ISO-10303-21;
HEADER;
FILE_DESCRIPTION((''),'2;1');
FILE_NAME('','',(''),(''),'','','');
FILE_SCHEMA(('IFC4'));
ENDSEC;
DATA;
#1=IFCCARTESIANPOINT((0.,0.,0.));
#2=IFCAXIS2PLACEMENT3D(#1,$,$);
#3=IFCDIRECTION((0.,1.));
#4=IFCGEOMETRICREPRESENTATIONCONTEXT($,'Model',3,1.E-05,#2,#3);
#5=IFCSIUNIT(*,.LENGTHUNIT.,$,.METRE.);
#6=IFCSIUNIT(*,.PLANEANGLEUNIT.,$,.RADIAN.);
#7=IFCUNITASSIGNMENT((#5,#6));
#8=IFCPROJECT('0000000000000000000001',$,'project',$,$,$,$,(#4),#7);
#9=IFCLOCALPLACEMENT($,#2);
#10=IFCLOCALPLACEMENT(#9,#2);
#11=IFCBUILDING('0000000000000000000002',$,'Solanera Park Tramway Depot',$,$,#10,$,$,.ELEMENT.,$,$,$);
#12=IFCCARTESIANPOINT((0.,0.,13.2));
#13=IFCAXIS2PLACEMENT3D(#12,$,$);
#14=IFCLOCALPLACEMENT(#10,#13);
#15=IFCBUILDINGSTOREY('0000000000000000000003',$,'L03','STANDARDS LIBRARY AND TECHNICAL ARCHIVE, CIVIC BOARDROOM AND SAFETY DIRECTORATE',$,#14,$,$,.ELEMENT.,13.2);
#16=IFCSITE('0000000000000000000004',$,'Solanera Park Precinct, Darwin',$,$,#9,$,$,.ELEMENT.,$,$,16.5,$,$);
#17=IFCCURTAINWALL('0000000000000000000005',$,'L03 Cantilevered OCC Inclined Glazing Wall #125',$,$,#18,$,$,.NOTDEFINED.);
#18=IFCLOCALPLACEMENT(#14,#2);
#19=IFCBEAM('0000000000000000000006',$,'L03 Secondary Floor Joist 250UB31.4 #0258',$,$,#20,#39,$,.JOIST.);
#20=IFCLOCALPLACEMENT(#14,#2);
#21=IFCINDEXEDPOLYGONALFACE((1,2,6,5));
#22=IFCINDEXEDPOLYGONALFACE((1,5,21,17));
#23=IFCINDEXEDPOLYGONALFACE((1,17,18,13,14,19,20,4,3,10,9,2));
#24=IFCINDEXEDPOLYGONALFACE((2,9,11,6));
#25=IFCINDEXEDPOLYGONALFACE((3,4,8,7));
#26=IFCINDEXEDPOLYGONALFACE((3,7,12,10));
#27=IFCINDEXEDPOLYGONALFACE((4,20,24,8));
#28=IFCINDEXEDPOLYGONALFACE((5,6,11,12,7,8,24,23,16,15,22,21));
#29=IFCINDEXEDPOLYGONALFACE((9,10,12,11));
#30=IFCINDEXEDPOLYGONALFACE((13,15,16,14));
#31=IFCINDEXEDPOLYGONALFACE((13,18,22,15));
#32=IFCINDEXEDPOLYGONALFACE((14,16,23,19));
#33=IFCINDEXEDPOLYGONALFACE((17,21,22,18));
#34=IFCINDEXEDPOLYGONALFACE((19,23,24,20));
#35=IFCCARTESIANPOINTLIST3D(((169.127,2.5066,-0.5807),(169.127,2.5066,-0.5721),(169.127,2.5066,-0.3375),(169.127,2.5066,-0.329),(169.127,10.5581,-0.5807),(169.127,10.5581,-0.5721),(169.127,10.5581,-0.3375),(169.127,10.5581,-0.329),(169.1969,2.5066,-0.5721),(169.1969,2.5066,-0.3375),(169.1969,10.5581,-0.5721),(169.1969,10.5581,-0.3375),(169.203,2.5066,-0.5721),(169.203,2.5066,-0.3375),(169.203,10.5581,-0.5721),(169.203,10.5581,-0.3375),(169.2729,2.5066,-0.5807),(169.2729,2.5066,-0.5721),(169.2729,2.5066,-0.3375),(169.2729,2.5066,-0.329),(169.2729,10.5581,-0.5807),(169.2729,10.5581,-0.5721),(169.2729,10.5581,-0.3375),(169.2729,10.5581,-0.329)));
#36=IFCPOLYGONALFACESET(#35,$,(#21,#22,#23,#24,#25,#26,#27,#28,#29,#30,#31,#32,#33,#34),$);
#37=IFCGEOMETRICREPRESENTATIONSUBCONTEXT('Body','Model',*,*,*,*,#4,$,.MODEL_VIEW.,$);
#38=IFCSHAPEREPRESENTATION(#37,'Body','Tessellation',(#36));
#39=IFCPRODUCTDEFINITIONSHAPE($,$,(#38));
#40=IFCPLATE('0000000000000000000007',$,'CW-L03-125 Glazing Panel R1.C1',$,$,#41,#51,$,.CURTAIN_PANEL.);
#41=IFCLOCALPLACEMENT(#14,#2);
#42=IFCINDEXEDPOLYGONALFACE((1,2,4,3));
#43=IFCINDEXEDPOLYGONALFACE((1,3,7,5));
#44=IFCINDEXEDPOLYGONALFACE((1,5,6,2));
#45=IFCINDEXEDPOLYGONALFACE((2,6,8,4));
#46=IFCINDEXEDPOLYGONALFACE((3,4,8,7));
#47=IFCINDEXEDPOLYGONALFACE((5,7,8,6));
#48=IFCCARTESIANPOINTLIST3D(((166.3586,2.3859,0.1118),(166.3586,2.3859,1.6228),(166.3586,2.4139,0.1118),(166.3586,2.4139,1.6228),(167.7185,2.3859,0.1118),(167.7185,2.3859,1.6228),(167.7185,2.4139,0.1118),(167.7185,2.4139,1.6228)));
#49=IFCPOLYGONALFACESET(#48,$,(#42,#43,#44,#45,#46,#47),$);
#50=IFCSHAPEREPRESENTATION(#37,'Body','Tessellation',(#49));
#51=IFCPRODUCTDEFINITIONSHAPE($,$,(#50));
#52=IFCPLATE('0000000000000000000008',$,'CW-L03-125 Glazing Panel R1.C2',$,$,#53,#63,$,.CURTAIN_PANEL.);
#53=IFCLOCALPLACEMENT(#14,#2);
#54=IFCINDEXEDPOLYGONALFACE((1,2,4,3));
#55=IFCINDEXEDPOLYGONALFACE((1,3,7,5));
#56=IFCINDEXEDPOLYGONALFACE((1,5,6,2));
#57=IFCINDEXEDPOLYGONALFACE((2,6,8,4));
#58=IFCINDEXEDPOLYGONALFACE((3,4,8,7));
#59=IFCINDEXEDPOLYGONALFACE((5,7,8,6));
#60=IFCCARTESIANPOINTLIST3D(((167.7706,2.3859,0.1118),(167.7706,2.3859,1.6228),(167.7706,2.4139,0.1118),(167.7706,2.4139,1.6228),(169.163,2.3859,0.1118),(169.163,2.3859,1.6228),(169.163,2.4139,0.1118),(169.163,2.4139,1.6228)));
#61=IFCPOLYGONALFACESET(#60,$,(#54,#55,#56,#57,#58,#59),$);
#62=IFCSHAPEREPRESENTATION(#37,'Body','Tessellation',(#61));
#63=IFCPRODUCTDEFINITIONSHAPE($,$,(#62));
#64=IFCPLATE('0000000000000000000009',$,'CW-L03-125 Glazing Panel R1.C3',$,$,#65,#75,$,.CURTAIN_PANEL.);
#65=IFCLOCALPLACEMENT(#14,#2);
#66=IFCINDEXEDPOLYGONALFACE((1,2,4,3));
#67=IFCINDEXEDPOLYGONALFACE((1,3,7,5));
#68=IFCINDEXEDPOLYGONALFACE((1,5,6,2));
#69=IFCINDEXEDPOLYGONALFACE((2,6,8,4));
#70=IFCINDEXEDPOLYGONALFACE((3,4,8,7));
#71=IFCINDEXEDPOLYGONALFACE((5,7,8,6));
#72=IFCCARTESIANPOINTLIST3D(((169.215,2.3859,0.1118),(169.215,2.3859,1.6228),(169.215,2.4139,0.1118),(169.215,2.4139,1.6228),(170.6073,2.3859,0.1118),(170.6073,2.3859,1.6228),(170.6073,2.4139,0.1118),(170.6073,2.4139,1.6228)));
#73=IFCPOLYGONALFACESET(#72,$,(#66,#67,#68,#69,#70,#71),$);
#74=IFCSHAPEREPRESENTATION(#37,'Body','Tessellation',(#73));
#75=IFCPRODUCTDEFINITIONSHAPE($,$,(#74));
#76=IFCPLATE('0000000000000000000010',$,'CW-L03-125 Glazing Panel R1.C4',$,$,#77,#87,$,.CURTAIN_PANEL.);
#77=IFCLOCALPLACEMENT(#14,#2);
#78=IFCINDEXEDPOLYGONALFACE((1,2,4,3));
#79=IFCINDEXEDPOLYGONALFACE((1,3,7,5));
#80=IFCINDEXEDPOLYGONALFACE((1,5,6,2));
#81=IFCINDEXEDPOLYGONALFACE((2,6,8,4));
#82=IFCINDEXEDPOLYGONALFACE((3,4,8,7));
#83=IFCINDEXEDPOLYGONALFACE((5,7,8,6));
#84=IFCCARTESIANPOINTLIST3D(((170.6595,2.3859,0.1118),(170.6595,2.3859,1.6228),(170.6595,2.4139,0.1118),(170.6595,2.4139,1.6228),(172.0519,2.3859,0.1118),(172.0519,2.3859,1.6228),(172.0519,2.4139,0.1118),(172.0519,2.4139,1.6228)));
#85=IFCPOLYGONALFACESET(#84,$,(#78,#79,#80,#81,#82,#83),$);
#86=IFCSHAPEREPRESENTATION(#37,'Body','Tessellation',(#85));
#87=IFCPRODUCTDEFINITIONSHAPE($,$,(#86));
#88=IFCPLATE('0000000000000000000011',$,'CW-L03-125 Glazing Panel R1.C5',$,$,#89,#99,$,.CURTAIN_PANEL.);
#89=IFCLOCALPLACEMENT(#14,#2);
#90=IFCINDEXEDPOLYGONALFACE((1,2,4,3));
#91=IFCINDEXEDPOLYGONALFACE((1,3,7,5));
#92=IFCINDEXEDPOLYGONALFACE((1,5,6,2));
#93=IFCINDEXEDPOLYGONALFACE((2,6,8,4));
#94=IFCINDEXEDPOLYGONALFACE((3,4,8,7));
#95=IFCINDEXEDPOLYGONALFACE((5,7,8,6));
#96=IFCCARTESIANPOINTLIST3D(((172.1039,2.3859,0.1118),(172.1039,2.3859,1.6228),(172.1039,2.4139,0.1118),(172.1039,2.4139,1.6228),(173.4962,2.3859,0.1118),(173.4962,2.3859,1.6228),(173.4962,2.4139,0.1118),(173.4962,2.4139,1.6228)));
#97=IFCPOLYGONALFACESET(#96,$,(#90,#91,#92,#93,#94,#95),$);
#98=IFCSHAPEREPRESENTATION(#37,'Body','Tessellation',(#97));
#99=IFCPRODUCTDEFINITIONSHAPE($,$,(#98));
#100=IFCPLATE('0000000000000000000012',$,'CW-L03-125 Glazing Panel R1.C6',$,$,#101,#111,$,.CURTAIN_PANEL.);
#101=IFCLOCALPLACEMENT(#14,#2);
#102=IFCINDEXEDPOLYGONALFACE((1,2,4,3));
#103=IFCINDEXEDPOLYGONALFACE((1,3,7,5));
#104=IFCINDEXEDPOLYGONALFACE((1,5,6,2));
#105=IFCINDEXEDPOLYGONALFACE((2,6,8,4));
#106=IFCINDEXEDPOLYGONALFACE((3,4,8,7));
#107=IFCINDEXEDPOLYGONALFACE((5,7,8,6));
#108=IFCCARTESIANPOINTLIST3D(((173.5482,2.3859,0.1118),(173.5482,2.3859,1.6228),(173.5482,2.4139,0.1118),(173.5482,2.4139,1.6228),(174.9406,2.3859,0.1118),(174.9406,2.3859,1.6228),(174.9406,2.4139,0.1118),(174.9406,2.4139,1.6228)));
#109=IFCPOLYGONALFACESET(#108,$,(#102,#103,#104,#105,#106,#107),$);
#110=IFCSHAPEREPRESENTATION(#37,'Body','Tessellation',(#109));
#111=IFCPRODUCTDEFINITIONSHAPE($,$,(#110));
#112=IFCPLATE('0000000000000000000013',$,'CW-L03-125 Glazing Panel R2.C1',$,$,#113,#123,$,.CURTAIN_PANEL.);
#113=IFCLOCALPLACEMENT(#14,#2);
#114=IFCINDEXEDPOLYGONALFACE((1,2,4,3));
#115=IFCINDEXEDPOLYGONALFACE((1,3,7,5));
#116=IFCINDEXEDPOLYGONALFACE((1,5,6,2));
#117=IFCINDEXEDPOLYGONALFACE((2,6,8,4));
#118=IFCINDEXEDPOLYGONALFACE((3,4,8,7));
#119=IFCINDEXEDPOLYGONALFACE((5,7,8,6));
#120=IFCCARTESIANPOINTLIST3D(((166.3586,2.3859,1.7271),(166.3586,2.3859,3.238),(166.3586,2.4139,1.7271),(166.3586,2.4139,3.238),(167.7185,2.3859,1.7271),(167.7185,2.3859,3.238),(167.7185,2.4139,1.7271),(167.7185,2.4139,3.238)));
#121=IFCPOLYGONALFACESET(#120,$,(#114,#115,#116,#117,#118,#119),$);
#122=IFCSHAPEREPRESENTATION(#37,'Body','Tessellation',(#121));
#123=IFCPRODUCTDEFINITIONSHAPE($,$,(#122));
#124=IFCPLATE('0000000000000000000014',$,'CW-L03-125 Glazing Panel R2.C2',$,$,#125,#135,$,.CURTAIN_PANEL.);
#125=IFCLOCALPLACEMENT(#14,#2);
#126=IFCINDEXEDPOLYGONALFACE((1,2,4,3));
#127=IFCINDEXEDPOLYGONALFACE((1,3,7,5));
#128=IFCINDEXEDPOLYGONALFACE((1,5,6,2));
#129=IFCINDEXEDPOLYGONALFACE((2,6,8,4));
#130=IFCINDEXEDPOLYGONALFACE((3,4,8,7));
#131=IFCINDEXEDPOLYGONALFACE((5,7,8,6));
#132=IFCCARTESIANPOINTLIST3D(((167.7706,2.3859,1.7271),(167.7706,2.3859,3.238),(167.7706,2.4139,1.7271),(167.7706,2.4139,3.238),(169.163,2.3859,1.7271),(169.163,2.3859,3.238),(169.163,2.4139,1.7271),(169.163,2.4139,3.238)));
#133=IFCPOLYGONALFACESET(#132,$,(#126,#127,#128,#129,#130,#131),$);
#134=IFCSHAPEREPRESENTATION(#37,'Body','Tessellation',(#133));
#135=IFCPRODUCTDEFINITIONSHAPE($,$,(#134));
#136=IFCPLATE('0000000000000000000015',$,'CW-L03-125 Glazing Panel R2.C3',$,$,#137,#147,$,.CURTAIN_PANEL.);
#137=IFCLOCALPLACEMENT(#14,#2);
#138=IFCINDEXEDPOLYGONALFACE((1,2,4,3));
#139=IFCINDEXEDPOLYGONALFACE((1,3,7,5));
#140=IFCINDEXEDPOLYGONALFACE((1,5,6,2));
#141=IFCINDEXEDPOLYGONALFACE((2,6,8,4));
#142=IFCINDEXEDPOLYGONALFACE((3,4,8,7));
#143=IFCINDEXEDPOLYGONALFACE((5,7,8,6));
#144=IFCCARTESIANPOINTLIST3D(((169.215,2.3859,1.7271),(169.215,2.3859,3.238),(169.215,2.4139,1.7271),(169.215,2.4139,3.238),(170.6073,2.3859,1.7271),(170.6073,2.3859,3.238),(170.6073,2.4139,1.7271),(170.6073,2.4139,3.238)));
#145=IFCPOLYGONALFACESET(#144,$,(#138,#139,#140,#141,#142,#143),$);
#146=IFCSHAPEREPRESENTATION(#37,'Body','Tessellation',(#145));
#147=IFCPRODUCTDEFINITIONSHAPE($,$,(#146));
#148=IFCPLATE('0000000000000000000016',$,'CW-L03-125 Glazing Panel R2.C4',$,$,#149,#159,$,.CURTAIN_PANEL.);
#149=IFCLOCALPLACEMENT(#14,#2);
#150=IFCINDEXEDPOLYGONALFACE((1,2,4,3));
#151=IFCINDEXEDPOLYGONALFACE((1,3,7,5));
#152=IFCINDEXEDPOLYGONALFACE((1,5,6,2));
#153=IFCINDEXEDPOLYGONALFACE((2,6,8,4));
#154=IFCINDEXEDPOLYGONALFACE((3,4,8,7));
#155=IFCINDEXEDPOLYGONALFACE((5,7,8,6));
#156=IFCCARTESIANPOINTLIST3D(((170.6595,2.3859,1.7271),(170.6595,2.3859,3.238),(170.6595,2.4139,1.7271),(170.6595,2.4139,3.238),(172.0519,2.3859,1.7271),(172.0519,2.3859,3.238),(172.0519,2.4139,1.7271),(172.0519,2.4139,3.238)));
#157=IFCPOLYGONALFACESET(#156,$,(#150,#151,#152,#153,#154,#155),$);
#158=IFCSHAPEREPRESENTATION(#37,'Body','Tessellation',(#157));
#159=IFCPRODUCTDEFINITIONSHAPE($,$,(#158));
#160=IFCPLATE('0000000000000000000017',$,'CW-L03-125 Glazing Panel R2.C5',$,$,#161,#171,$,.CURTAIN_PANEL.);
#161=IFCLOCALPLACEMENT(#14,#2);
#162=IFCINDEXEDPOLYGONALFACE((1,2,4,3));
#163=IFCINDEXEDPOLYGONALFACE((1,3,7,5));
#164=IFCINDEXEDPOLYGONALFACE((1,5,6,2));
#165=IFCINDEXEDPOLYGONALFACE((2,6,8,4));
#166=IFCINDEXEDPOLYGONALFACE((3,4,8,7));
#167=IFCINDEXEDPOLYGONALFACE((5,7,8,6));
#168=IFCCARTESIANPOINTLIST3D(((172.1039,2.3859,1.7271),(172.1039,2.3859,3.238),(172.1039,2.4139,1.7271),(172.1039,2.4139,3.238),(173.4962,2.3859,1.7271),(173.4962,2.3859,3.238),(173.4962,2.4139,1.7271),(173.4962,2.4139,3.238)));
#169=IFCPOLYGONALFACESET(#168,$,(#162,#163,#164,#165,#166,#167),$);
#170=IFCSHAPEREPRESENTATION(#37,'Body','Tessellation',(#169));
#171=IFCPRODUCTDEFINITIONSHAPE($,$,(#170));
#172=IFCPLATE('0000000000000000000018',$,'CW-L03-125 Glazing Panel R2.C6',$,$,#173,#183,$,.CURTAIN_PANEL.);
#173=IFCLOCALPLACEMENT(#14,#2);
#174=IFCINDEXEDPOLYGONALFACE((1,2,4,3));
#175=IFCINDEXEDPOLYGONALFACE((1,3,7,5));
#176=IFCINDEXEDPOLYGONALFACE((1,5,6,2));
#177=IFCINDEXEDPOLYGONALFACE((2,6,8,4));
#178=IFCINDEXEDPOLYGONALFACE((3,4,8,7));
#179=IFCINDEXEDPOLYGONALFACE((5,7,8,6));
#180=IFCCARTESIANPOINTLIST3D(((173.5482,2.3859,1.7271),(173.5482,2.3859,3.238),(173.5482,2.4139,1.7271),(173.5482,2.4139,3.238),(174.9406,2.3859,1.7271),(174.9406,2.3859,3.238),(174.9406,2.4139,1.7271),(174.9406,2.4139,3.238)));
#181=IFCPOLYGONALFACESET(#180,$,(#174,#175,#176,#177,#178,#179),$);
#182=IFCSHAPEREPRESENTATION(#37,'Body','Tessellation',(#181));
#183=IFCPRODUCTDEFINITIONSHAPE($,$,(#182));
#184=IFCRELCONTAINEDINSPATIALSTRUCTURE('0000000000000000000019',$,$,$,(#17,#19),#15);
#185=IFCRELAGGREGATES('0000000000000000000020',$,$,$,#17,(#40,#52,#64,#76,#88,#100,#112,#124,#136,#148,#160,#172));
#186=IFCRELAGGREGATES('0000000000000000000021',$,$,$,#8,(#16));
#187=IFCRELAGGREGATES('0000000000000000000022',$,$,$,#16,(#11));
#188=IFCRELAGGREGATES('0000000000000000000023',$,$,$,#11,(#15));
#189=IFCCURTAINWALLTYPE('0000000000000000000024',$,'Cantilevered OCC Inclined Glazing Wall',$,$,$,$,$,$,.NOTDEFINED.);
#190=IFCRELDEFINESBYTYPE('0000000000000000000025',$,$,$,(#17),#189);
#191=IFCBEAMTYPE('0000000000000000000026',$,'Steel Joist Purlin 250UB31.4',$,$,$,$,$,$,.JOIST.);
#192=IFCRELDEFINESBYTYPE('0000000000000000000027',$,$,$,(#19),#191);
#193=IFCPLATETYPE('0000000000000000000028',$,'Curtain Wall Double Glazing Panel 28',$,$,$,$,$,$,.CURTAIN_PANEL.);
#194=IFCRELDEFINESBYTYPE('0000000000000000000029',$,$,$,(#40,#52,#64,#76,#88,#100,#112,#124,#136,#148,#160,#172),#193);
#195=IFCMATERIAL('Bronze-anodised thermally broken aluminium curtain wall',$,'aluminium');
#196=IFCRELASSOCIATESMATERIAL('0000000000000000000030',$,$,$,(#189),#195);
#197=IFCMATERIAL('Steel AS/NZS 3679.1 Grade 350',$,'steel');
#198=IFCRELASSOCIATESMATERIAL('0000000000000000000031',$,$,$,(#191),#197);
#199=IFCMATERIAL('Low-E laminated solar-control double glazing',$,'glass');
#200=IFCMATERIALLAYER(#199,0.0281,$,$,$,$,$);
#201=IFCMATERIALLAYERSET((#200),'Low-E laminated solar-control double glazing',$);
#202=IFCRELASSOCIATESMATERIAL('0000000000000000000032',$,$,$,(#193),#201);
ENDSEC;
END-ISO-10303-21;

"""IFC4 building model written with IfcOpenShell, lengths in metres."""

from ifc_helpers import new_model, si_unit, direction, frame, origin, origin_2d, place, context, subcontext, project, spatial, rectangle, i_section, extrude, material, layer, layer_set, material_profile, profile_set, type_object, element, aggregate, save


model = new_model("IFC4")

# Units and contexts
model_context = context("Model", 3, precision=1e-05, world=origin(), true_north=direction((0.0, 1.0)))
body_context = subcontext(model_context, "Body", "Model", "MODEL_VIEW")
ifc_project = project(units=[si_unit("LENGTHUNIT", "METRE"), si_unit("PLANEANGLEUNIT", "RADIAN")], contexts=[model_context])

# Site, building, storey
site_placement = place(None, origin())
site = spatial("IfcSite", under=ifc_project, at=site_placement, Name="Solanera Park Precinct, Darwin", CompositionType="ELEMENT", RefElevation=16.5)
building_placement = place(site_placement, origin())
building = spatial("IfcBuilding", under=site, at=building_placement, Name="Solanera Park Tramway Depot", CompositionType="ELEMENT")
storey_placement = place(building_placement, frame((0.0, 0.0, 13.2)))
storey = spatial("IfcBuildingStorey", under=building, at=storey_placement, Name="L03", Description="STANDARDS LIBRARY AND TECHNICAL ARCHIVE, CIVIC BOARDROOM AND SAFETY DIRECTORATE", CompositionType="ELEMENT", Elevation=13.2)

# Curtain wall
ifc_material_1 = material(Name="Bronze-anodised thermally broken aluminium curtain wall", Category="aluminium")
curtain_wall_type = type_object("IfcCurtainWallType", Name="Cantilevered OCC Inclined Glazing Wall", PredefinedType="NOTDEFINED", material=ifc_material_1)
curtain_wall_placement = place(storey_placement, origin())
curtain_wall = element("IfcCurtainWall", 1, at=curtain_wall_placement, inside=storey, type_object=curtain_wall_type, Name="L03 Cantilevered OCC Inclined Glazing Wall #125", PredefinedType="NOTDEFINED")

# Beam
ifc_material_2 = material(Name="Steel AS/NZS 3679.1 Grade 350", Category="steel")
ifc_material_profile_1 = material_profile(ifc_material_2, i_section(OverallWidth=0.146, OverallDepth=0.2517, WebThickness=0.0061, FlangeThickness=0.0085, at=origin_2d()), Name="250UB31.4")
ifc_profile_set_1 = profile_set([ifc_material_profile_1], Name="Steel AS/NZS 3679.1 Grade 350")
beam_type_1 = type_object("IfcBeamType", Name="Steel Joist Purlin 250UB31.4", PredefinedType="JOIST", material=ifc_profile_set_1)
beam_1_placement = place(storey_placement, frame((169.2, 2.5066, -0.4548), z_axis=(0.0, 1.0, 0.0), x_axis=(-1.0, 0.0, 0.0)))
element("IfcBeam", 2, at=beam_1_placement, inside=storey, type_object=beam_type_1, Name="L03 Secondary Floor Joist 250UB31.4 #0258", PredefinedType="JOIST", context=body_context, shape_type="SweptSolid", body=[
    extrude(i_section(OverallWidth=0.146, OverallDepth=0.2517, WebThickness=0.0061, FlangeThickness=0.0085, at=origin_2d()), origin(), (0.0, 0.0, 1.0), 8.0515),
])

# Plates
ifc_material_3 = material(Name="Low-E laminated solar-control double glazing", Category="glass")
ifc_layer = layer(ifc_material_3, 0.0281)
ifc_layer_set = layer_set([ifc_layer], Name="Low-E laminated solar-control double glazing")
plate_type = type_object("IfcPlateType", Name="Curtain Wall Double Glazing Panel 28", PredefinedType="CURTAIN_PANEL", material=ifc_layer_set)
plate_1_placement = place(storey_placement, frame((167.0386, 2.3999, 0.1118), z_axis=(0.0, 0.0, 1.0), x_axis=(1.0, 0.0, 0.0)))
plate_1 = element("IfcPlate", 3, at=plate_1_placement, type_object=plate_type, Name="CW-L03-125 Glazing Panel R1.C1", PredefinedType="CURTAIN_PANEL", context=body_context, shape_type="SweptSolid", body=[
    extrude(rectangle(XDim=1.3599, YDim=0.0281, at=origin_2d()), origin(), (0.0, 0.0, 1.0), 1.511),
])
plate_2_placement = place(storey_placement, frame((168.4668, 2.3999, 0.1118), z_axis=(0.0, 0.0, 1.0), x_axis=(1.0, 0.0, 0.0)))
plate_2 = element("IfcPlate", 4, at=plate_2_placement, type_object=plate_type, Name="CW-L03-125 Glazing Panel R1.C2", PredefinedType="CURTAIN_PANEL", context=body_context, shape_type="SweptSolid", body=[
    extrude(rectangle(XDim=1.3923, YDim=0.0281, at=origin_2d()), origin(), (0.0, 0.0, 1.0), 1.511),
])
plate_3_placement = place(storey_placement, frame((169.9111, 2.3999, 0.1118), z_axis=(0.0, 0.0, 1.0), x_axis=(1.0, 0.0, 0.0)))
plate_3 = element("IfcPlate", 5, at=plate_3_placement, type_object=plate_type, Name="CW-L03-125 Glazing Panel R1.C3", PredefinedType="CURTAIN_PANEL", context=body_context, shape_type="SweptSolid", body=[
    extrude(rectangle(XDim=1.3923, YDim=0.0281, at=origin_2d()), origin(), (0.0, 0.0, 1.0), 1.511),
])
plate_4_placement = place(storey_placement, frame((171.3557, 2.3999, 0.1118), z_axis=(0.0, 0.0, 1.0), x_axis=(1.0, 0.0, 0.0)))
plate_4 = element("IfcPlate", 6, at=plate_4_placement, type_object=plate_type, Name="CW-L03-125 Glazing Panel R1.C4", PredefinedType="CURTAIN_PANEL", context=body_context, shape_type="SweptSolid", body=[
    extrude(rectangle(XDim=1.3923, YDim=0.0281, at=origin_2d()), origin(), (0.0, 0.0, 1.0), 1.511),
])
plate_5_placement = place(storey_placement, frame((172.8, 2.3999, 0.1118), z_axis=(0.0, 0.0, 1.0), x_axis=(1.0, 0.0, 0.0)))
plate_5 = element("IfcPlate", 7, at=plate_5_placement, type_object=plate_type, Name="CW-L03-125 Glazing Panel R1.C5", PredefinedType="CURTAIN_PANEL", context=body_context, shape_type="SweptSolid", body=[
    extrude(rectangle(XDim=1.3923, YDim=0.0281, at=origin_2d()), origin(), (0.0, 0.0, 1.0), 1.511),
])
plate_6_placement = place(storey_placement, frame((174.2444, 2.3999, 0.1118), z_axis=(0.0, 0.0, 1.0), x_axis=(1.0, 0.0, 0.0)))
plate_6 = element("IfcPlate", 8, at=plate_6_placement, type_object=plate_type, Name="CW-L03-125 Glazing Panel R1.C6", PredefinedType="CURTAIN_PANEL", context=body_context, shape_type="SweptSolid", body=[
    extrude(rectangle(XDim=1.3923, YDim=0.0281, at=origin_2d()), origin(), (0.0, 0.0, 1.0), 1.511),
])
plate_7_placement = place(storey_placement, frame((167.0386, 2.3999, 1.7271), z_axis=(0.0, 0.0, 1.0), x_axis=(1.0, 0.0, 0.0)))
plate_7 = element("IfcPlate", 9, at=plate_7_placement, type_object=plate_type, Name="CW-L03-125 Glazing Panel R2.C1", PredefinedType="CURTAIN_PANEL", context=body_context, shape_type="SweptSolid", body=[
    extrude(rectangle(XDim=1.3599, YDim=0.0281, at=origin_2d()), origin(), (0.0, 0.0, 1.0), 1.511),
])
plate_8_placement = place(storey_placement, frame((168.4668, 2.3999, 1.7271), z_axis=(0.0, 0.0, 1.0), x_axis=(1.0, 0.0, 0.0)))
plate_8 = element("IfcPlate", 10, at=plate_8_placement, type_object=plate_type, Name="CW-L03-125 Glazing Panel R2.C2", PredefinedType="CURTAIN_PANEL", context=body_context, shape_type="SweptSolid", body=[
    extrude(rectangle(XDim=1.3923, YDim=0.0281, at=origin_2d()), origin(), (0.0, 0.0, 1.0), 1.511),
])
plate_9_placement = place(storey_placement, frame((169.9111, 2.3999, 1.7271), z_axis=(0.0, 0.0, 1.0), x_axis=(1.0, 0.0, 0.0)))
plate_9 = element("IfcPlate", 11, at=plate_9_placement, type_object=plate_type, Name="CW-L03-125 Glazing Panel R2.C3", PredefinedType="CURTAIN_PANEL", context=body_context, shape_type="SweptSolid", body=[
    extrude(rectangle(XDim=1.3923, YDim=0.0281, at=origin_2d()), origin(), (0.0, 0.0, 1.0), 1.511),
])
plate_10_placement = place(storey_placement, frame((171.3557, 2.3999, 1.7271), z_axis=(0.0, 0.0, 1.0), x_axis=(1.0, 0.0, 0.0)))
plate_10 = element("IfcPlate", 12, at=plate_10_placement, type_object=plate_type, Name="CW-L03-125 Glazing Panel R2.C4", PredefinedType="CURTAIN_PANEL", context=body_context, shape_type="SweptSolid", body=[
    extrude(rectangle(XDim=1.3923, YDim=0.0281, at=origin_2d()), origin(), (0.0, 0.0, 1.0), 1.511),
])
plate_11_placement = place(storey_placement, frame((172.8, 2.3999, 1.7271), z_axis=(0.0, 0.0, 1.0), x_axis=(1.0, 0.0, 0.0)))
plate_11 = element("IfcPlate", 13, at=plate_11_placement, type_object=plate_type, Name="CW-L03-125 Glazing Panel R2.C5", PredefinedType="CURTAIN_PANEL", context=body_context, shape_type="SweptSolid", body=[
    extrude(rectangle(XDim=1.3923, YDim=0.0281, at=origin_2d()), origin(), (0.0, 0.0, 1.0), 1.511),
])
plate_12_placement = place(storey_placement, frame((174.2444, 2.3999, 1.7271), z_axis=(0.0, 0.0, 1.0), x_axis=(1.0, 0.0, 0.0)))
plate_12 = element("IfcPlate", 14, at=plate_12_placement, type_object=plate_type, Name="CW-L03-125 Glazing Panel R2.C6", PredefinedType="CURTAIN_PANEL", context=body_context, shape_type="SweptSolid", body=[
    extrude(rectangle(XDim=1.3923, YDim=0.0281, at=origin_2d()), origin(), (0.0, 0.0, 1.0), 1.511),
])
aggregate(curtain_wall, [plate_1, plate_2, plate_3, plate_4, plate_5, plate_6, plate_7, plate_8, plate_9, plate_10, plate_11, plate_12])

save(model, "model.ifc")
